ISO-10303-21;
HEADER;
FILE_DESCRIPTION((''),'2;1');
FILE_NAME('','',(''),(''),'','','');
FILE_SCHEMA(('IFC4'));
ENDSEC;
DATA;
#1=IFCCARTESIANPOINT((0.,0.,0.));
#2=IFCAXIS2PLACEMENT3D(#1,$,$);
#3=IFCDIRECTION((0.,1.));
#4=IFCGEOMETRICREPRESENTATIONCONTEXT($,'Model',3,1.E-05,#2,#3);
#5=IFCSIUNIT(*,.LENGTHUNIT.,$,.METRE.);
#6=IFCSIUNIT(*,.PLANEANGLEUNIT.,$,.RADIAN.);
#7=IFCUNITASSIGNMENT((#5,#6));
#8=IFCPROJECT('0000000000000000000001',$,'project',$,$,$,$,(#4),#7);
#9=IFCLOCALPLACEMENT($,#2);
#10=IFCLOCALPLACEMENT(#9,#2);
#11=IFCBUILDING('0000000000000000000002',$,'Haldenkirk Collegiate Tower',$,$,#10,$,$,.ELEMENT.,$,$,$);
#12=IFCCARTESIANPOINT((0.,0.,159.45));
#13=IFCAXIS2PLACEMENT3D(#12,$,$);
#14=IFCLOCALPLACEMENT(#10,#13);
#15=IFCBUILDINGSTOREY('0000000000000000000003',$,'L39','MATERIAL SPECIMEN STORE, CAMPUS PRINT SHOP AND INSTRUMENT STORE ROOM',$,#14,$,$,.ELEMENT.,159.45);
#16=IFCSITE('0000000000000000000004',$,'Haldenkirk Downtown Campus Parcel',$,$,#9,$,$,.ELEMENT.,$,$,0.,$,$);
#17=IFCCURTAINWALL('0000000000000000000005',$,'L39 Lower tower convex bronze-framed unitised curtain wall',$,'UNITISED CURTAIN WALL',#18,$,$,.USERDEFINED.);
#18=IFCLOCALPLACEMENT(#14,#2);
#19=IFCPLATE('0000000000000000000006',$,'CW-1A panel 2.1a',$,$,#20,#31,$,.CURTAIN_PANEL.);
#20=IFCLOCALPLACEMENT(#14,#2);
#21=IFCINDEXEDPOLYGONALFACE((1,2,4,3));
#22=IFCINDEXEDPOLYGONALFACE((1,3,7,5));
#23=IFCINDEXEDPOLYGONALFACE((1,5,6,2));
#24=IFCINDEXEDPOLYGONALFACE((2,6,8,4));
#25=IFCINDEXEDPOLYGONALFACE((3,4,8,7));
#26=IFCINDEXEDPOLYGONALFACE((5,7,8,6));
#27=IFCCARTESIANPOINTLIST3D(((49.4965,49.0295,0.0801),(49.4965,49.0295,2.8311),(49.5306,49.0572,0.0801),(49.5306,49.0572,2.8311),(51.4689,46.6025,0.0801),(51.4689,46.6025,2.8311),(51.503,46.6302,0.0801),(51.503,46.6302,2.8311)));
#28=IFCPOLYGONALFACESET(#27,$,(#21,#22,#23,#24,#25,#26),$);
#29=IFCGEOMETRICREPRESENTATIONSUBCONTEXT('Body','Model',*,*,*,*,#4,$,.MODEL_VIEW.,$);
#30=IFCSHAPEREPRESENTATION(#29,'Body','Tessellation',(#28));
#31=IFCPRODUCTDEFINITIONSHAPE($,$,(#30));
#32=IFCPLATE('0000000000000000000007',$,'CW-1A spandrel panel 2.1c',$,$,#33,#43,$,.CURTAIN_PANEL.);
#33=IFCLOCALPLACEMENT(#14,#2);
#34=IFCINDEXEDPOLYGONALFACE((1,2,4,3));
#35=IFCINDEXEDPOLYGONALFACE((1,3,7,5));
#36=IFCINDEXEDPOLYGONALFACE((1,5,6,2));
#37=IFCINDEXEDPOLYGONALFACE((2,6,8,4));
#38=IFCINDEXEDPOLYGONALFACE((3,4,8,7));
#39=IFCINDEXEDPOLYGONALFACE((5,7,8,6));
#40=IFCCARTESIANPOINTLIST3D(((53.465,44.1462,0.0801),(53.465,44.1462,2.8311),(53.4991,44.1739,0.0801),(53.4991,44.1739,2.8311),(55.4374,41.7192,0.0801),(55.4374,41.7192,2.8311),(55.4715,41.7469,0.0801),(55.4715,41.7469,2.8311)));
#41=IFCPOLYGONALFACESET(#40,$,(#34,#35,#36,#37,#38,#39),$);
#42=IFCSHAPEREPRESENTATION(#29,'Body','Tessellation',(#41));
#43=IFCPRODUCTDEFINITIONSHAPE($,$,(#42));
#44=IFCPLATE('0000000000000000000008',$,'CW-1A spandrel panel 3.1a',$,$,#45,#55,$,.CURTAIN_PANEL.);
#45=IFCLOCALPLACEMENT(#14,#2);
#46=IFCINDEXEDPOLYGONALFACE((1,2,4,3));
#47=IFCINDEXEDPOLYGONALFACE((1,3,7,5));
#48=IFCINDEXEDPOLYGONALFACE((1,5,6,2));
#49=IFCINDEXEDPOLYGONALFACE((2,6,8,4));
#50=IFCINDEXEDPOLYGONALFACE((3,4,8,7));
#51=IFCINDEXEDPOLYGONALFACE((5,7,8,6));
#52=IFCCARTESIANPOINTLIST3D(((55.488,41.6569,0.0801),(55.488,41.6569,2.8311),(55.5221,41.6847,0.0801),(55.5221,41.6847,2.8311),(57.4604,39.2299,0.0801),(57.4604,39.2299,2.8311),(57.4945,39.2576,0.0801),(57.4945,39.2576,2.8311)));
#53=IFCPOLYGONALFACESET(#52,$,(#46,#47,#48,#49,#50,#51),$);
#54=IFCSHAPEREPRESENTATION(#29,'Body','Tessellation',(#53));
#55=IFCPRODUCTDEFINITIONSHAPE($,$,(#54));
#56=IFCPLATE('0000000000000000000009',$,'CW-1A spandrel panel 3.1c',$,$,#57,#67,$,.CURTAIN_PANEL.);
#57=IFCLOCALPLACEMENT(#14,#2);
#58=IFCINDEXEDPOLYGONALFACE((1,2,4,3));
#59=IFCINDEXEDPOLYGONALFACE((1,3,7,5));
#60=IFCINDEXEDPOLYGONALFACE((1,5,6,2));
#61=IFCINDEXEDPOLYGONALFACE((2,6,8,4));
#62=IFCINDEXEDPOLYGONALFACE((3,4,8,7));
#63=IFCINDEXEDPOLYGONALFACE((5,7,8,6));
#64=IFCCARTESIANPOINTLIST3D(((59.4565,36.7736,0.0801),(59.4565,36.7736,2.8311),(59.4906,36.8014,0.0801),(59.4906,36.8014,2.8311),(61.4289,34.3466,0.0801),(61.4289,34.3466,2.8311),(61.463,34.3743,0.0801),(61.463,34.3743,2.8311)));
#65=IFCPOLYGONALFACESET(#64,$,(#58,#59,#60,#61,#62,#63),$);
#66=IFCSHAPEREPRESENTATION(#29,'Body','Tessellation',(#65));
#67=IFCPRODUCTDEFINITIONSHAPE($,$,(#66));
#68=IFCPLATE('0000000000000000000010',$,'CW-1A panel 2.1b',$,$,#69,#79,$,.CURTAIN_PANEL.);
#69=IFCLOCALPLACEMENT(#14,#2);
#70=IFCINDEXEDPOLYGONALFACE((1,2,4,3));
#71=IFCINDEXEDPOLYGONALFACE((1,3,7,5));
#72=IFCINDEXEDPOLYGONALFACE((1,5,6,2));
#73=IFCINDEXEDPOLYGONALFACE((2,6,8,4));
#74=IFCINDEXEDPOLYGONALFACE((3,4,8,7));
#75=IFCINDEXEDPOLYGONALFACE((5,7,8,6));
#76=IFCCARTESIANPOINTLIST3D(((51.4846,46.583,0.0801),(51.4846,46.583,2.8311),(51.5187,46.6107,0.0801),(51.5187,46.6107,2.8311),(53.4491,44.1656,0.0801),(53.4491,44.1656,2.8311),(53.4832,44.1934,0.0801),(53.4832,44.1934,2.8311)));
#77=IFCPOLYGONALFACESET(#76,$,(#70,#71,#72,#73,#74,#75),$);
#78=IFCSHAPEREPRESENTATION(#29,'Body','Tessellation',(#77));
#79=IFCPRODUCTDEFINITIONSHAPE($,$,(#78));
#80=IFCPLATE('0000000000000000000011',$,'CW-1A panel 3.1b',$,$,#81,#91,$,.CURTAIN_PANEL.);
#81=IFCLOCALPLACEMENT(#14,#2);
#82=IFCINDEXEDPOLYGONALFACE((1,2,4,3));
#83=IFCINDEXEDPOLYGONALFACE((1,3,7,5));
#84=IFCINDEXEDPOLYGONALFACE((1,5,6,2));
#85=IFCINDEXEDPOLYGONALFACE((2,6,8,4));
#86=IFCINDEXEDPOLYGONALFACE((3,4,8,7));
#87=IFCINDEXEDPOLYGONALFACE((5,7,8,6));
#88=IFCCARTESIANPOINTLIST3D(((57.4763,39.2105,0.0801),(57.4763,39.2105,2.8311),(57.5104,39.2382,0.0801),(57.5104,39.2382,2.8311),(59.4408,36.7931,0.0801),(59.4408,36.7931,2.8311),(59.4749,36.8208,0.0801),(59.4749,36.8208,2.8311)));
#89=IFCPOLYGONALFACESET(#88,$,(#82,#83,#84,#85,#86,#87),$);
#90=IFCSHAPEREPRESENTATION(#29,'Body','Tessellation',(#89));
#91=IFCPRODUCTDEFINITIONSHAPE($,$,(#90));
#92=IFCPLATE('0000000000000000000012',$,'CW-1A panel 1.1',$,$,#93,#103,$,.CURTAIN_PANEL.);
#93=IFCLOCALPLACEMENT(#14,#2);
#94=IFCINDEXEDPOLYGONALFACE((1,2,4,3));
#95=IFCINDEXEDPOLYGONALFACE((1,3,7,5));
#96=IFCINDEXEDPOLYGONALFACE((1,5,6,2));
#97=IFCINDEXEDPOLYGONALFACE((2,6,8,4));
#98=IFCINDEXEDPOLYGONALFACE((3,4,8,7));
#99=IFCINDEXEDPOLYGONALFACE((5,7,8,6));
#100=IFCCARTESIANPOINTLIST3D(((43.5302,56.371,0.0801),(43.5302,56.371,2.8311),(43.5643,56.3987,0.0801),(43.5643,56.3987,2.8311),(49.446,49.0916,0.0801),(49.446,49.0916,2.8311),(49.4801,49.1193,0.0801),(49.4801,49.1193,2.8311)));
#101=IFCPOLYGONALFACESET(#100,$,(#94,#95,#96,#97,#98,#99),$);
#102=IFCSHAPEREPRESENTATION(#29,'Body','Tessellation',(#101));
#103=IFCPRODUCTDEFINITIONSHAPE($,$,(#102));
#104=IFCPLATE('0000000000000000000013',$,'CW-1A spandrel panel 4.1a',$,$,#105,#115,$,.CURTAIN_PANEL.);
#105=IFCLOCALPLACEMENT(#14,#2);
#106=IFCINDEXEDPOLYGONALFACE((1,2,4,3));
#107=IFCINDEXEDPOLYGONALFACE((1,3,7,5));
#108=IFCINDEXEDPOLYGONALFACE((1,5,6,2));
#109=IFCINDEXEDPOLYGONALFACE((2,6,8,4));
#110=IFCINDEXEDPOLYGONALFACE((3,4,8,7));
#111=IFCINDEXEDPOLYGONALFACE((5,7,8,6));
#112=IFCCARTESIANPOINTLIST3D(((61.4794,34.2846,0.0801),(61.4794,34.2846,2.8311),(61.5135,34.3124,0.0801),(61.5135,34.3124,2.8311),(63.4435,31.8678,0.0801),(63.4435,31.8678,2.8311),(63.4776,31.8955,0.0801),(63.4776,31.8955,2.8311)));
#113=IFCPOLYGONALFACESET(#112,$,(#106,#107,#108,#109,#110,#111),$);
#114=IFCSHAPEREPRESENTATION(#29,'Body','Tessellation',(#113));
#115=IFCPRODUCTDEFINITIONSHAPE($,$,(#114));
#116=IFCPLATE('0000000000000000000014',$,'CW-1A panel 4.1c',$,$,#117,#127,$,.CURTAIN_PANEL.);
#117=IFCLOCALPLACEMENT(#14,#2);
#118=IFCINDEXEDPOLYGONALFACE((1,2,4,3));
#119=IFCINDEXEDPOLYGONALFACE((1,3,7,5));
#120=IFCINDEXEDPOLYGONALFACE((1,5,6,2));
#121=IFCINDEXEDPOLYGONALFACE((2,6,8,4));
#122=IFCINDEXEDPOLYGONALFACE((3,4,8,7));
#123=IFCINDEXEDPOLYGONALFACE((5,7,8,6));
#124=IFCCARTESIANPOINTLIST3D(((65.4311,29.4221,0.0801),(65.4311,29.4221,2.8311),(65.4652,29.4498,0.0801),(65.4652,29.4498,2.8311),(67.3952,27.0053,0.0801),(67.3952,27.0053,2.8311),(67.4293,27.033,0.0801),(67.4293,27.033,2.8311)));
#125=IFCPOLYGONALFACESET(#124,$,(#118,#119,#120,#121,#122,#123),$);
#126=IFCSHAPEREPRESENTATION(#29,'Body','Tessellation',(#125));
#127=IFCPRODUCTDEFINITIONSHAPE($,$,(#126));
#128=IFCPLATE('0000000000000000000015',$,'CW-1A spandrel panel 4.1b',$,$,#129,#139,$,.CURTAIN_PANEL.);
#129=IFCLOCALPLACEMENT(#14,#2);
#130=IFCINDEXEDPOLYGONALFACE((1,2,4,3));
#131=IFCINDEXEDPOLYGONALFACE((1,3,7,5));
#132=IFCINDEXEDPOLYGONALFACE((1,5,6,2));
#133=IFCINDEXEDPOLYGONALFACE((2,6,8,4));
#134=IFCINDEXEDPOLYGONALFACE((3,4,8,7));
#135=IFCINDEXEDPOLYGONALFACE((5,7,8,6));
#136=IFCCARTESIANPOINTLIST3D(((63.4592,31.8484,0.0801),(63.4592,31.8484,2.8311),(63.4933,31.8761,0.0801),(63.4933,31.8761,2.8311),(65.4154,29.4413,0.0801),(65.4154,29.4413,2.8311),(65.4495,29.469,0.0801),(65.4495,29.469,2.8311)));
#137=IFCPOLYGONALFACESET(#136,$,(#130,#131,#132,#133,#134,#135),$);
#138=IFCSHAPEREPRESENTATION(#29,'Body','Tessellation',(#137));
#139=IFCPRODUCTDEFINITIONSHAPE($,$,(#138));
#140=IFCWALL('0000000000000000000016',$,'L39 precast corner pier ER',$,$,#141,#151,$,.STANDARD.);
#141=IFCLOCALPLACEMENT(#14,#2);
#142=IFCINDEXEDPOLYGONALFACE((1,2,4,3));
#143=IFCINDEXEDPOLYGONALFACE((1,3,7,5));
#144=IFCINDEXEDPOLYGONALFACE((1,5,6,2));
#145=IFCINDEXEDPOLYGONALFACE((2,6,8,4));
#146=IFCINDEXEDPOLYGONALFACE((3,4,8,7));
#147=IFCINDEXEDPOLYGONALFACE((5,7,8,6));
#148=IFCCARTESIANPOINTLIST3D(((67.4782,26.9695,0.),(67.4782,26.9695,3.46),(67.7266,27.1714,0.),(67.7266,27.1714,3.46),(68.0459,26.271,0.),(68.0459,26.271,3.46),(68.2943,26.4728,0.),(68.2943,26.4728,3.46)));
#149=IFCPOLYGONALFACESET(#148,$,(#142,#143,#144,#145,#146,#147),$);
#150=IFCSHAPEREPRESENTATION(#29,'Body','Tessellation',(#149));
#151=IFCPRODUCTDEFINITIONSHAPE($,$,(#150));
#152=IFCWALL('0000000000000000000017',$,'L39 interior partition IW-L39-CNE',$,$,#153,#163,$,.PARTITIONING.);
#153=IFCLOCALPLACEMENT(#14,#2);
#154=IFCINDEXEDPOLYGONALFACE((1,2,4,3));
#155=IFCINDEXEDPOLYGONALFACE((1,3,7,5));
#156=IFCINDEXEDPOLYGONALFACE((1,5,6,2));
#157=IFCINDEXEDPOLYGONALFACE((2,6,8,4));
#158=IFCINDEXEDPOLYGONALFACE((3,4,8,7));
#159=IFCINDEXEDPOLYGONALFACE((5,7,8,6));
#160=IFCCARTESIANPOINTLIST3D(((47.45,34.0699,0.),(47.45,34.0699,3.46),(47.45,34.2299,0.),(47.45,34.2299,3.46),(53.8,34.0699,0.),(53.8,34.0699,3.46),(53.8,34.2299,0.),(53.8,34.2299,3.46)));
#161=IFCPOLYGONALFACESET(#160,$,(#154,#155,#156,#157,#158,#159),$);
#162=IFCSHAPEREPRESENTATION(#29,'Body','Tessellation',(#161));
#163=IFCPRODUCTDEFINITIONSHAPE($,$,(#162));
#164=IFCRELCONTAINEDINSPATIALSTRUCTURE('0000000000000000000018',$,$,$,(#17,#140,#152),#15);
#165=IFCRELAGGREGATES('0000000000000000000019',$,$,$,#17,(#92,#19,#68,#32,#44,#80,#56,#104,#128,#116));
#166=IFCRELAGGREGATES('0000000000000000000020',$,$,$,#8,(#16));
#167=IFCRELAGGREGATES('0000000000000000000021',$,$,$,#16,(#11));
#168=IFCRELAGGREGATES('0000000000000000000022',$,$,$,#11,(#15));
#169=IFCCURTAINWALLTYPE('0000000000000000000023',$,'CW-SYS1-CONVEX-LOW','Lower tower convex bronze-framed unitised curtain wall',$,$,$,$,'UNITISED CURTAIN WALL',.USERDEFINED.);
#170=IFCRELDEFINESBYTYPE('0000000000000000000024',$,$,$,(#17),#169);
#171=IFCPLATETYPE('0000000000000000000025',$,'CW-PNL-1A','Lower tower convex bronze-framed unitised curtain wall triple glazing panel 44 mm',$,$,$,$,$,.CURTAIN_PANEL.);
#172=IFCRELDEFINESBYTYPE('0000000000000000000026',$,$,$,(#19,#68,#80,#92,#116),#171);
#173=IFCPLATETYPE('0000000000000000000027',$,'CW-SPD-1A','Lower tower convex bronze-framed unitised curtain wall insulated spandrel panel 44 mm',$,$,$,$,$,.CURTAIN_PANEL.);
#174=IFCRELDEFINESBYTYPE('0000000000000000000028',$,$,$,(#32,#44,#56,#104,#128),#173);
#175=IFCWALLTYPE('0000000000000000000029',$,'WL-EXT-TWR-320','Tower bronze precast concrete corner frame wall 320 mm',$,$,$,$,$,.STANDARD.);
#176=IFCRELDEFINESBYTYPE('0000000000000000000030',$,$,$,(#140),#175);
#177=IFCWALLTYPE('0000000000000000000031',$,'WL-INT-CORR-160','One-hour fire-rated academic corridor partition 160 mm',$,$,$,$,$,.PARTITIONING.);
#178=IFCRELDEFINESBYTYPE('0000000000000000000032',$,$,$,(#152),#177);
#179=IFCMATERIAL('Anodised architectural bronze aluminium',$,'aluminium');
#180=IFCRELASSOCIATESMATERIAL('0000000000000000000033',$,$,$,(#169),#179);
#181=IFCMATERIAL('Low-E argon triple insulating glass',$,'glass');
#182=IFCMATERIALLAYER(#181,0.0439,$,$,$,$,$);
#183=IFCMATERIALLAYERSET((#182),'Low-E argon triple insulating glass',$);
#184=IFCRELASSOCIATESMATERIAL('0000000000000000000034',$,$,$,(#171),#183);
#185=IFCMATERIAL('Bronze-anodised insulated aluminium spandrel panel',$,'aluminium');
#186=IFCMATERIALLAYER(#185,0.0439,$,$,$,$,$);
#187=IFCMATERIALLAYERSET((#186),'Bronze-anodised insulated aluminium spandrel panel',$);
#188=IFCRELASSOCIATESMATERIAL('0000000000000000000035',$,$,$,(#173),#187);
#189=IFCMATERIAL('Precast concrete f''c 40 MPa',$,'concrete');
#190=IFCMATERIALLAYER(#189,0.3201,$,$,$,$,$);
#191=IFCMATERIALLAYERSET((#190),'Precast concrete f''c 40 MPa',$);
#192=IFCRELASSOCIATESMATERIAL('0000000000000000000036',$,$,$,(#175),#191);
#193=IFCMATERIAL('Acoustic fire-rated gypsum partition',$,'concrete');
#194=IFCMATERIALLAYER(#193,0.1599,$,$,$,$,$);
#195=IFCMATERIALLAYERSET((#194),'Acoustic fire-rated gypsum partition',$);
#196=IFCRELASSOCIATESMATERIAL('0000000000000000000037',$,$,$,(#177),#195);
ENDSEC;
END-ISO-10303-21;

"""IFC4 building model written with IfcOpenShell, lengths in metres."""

from ifc_helpers import new_model, si_unit, direction, frame, frame_2d, origin, origin_2d, place, context, subcontext, project, spatial, rectangle, extrude, source, transform, mapped, material, layer, layer_set, type_object, element, aggregate, save


model = new_model("IFC4")

# Units and contexts
model_context = context("Model", 3, precision=1e-05, world=origin(), true_north=direction((0.0, 1.0)))
body_context = subcontext(model_context, "Body", "Model", "MODEL_VIEW")
ifc_project = project(units=[si_unit("LENGTHUNIT", "METRE"), si_unit("PLANEANGLEUNIT", "RADIAN")], contexts=[model_context])

# Site, building, storey
site_placement = place(None, origin())
site = spatial("IfcSite", under=ifc_project, at=site_placement, Name="Haldenkirk Downtown Campus Parcel", CompositionType="ELEMENT", RefElevation=0.0)
building_placement = place(site_placement, origin())
building = spatial("IfcBuilding", under=site, at=building_placement, Name="Haldenkirk Collegiate Tower", CompositionType="ELEMENT")
storey_placement = place(building_placement, frame((0.0, 0.0, 159.45)))
storey = spatial("IfcBuildingStorey", under=building, at=storey_placement, Name="L39", Description="MATERIAL SPECIMEN STORE, CAMPUS PRINT SHOP AND INSTRUMENT STORE ROOM", CompositionType="ELEMENT", Elevation=159.45)

# Curtain wall
ifc_material_1 = material(Name="Anodised architectural bronze aluminium", Category="aluminium")
curtain_wall_type = type_object("IfcCurtainWallType", Name="CW-SYS1-CONVEX-LOW", Description="Lower tower convex bronze-framed unitised curtain wall", ElementType="UNITISED CURTAIN WALL", PredefinedType="USERDEFINED", material=ifc_material_1)
curtain_wall_placement = place(storey_placement, origin())
curtain_wall = element("IfcCurtainWall", 1, at=curtain_wall_placement, inside=storey, type_object=curtain_wall_type, Name="L39 Lower tower convex bronze-framed unitised curtain wall", ObjectType="UNITISED CURTAIN WALL", PredefinedType="USERDEFINED")

# Plates
ifc_material_2 = material(Name="Low-E argon triple insulating glass", Category="glass")
ifc_layer_1 = layer(ifc_material_2, 0.0439)
ifc_layer_set_1 = layer_set([ifc_layer_1], Name="Low-E argon triple insulating glass")
plate_type_1 = type_object("IfcPlateType", Name="CW-PNL-1A", Description="Lower tower convex bronze-framed unitised curtain wall triple glazing panel 44 mm", PredefinedType="CURTAIN_PANEL", material=ifc_layer_set_1)
shared_shape_1 = source(origin(), body_context, "Body", "SweptSolid", [
    extrude(rectangle(XDim=3.1274, YDim=0.0439, at=origin_2d()), origin(), (0.0, 0.0, 1.0), 2.751),
])
plate_1_placement = place(storey_placement, frame((50.4998, 47.8298, 0.0801), z_axis=(0.0, 0.0, 1.0), x_axis=(0.630676, -0.776047, 0.0)))
plate_1 = element("IfcPlate", 2, at=plate_1_placement, type_object=plate_type_1, Name="CW-1A panel 2.1a", PredefinedType="CURTAIN_PANEL", context=body_context, shape_type="MappedRepresentation", body=[
    mapped(shared_shape_1, transform((0.0, 0.0, 0.0), x_axis=(1.0, 0.0, 0.0), y_axis=(0.0, 1.0, 0.0), z_axis=(0.0, 0.0, 1.0), scale=1.0)),
])
ifc_material_3 = material(Name="Bronze-anodised insulated aluminium spandrel panel", Category="aluminium")
ifc_layer_2 = layer(ifc_material_3, 0.0439)
ifc_layer_set_2 = layer_set([ifc_layer_2], Name="Bronze-anodised insulated aluminium spandrel panel")
plate_type_2 = type_object("IfcPlateType", Name="CW-SPD-1A", Description="Lower tower convex bronze-framed unitised curtain wall insulated spandrel panel 44 mm", PredefinedType="CURTAIN_PANEL", material=ifc_layer_set_2)
plate_2_placement = place(storey_placement, frame((54.4683, 42.9465, 0.0801), z_axis=(0.0, 0.0, 1.0), x_axis=(0.630676, -0.776047, 0.0)))
plate_2 = element("IfcPlate", 3, at=plate_2_placement, type_object=plate_type_2, Name="CW-1A spandrel panel 2.1c", PredefinedType="CURTAIN_PANEL", context=body_context, shape_type="MappedRepresentation", body=[
    mapped(shared_shape_1, transform((0.0, 0.0, 0.0), x_axis=(1.0, 0.0, 0.0), y_axis=(0.0, 1.0, 0.0), z_axis=(0.0, 0.0, 1.0), scale=1.0)),
])
plate_3_placement = place(storey_placement, frame((56.4912, 40.4573, 0.0801), z_axis=(0.0, 0.0, 1.0), x_axis=(0.630676, -0.776047, 0.0)))
plate_3 = element("IfcPlate", 4, at=plate_3_placement, type_object=plate_type_2, Name="CW-1A spandrel panel 3.1a", PredefinedType="CURTAIN_PANEL", context=body_context, shape_type="MappedRepresentation", body=[
    mapped(shared_shape_1, transform((0.0, 0.0, 0.0), x_axis=(1.0, 0.0, 0.0), y_axis=(0.0, 1.0, 0.0), z_axis=(0.0, 0.0, 1.0), scale=1.0)),
])
plate_4_placement = place(storey_placement, frame((60.4597, 35.574, 0.0801), z_axis=(0.0, 0.0, 1.0), x_axis=(0.630676, -0.776047, 0.0)))
plate_4 = element("IfcPlate", 5, at=plate_4_placement, type_object=plate_type_2, Name="CW-1A spandrel panel 3.1c", PredefinedType="CURTAIN_PANEL", context=body_context, shape_type="MappedRepresentation", body=[
    mapped(shared_shape_1, transform((0.0, 0.0, 0.0), x_axis=(1.0, 0.0, 0.0), y_axis=(0.0, 1.0, 0.0), z_axis=(0.0, 0.0, 1.0), scale=1.0)),
])
shared_shape_2 = source(origin(), body_context, "Body", "SweptSolid", [
    extrude(rectangle(XDim=3.115, YDim=0.0439, at=origin_2d()), origin(), (0.0, 0.0, 1.0), 2.751),
])
plate_5_placement = place(storey_placement, frame((52.4839, 45.3882, 0.0801), z_axis=(0.0, 0.0, 1.0), x_axis=(0.630676, -0.776047, 0.0)))
plate_5 = element("IfcPlate", 6, at=plate_5_placement, type_object=plate_type_1, Name="CW-1A panel 2.1b", PredefinedType="CURTAIN_PANEL", context=body_context, shape_type="MappedRepresentation", body=[
    mapped(shared_shape_2, transform((0.0, 0.0, 0.0), x_axis=(1.0, 0.0, 0.0), y_axis=(0.0, 1.0, 0.0), z_axis=(0.0, 0.0, 1.0), scale=1.0)),
])
plate_6_placement = place(storey_placement, frame((58.4756, 38.0156, 0.0801), z_axis=(0.0, 0.0, 1.0), x_axis=(0.630676, -0.776047, 0.0)))
plate_6 = element("IfcPlate", 7, at=plate_6_placement, type_object=plate_type_1, Name="CW-1A panel 3.1b", PredefinedType="CURTAIN_PANEL", context=body_context, shape_type="MappedRepresentation", body=[
    mapped(shared_shape_2, transform((0.0, 0.0, 0.0), x_axis=(1.0, 0.0, 0.0), y_axis=(0.0, 1.0, 0.0), z_axis=(0.0, 0.0, 1.0), scale=1.0)),
])
shared_shape_3 = source(origin(), body_context, "Body", "SweptSolid", [
    extrude(rectangle(XDim=9.3801, YDim=0.0439, at=origin_2d()), origin(), (0.0, 0.0, 1.0), 2.751),
])
plate_7_placement = place(storey_placement, frame((46.5051, 52.7451, 0.0801), z_axis=(0.0, 0.0, 1.0), x_axis=(0.630676, -0.776047, 0.0)))
plate_7 = element("IfcPlate", 8, at=plate_7_placement, type_object=plate_type_1, Name="CW-1A panel 1.1", PredefinedType="CURTAIN_PANEL", context=body_context, shape_type="MappedRepresentation", body=[
    mapped(shared_shape_3, transform((0.0, 0.0, 0.0), x_axis=(1.0, 0.0, 0.0), y_axis=(0.0, 1.0, 0.0), z_axis=(0.0, 0.0, 1.0), scale=1.0)),
])
shared_shape_4 = source(origin(), body_context, "Body", "SweptSolid", [
    extrude(rectangle(XDim=3.1143, YDim=0.0439, at=origin_2d()), origin(), (0.0, 0.0, 1.0), 2.751),
])
plate_8_placement = place(storey_placement, frame((62.4785, 33.0901, 0.0801), z_axis=(0.0, 0.0, 1.0), x_axis=(0.630676, -0.776047, 0.0)))
plate_8 = element("IfcPlate", 9, at=plate_8_placement, type_object=plate_type_2, Name="CW-1A spandrel panel 4.1a", PredefinedType="CURTAIN_PANEL", context=body_context, shape_type="MappedRepresentation", body=[
    mapped(shared_shape_4, transform((0.0, 0.0, 0.0), x_axis=(1.0, 0.0, 0.0), y_axis=(0.0, 1.0, 0.0), z_axis=(0.0, 0.0, 1.0), scale=1.0)),
])
plate_9_placement = place(storey_placement, frame((66.4302, 28.2275, 0.0801), z_axis=(0.0, 0.0, 1.0), x_axis=(0.630676, -0.776047, 0.0)))
plate_9 = element("IfcPlate", 10, at=plate_9_placement, type_object=plate_type_1, Name="CW-1A panel 4.1c", PredefinedType="CURTAIN_PANEL", context=body_context, shape_type="MappedRepresentation", body=[
    mapped(shared_shape_4, transform((0.0, 0.0, 0.0), x_axis=(1.0, 0.0, 0.0), y_axis=(0.0, 1.0, 0.0), z_axis=(0.0, 0.0, 1.0), scale=1.0)),
])
shared_shape_5 = source(origin(), body_context, "Body", "SweptSolid", [
    extrude(rectangle(XDim=3.1018, YDim=0.0439, at=origin_2d()), origin(), (0.0, 0.0, 1.0), 2.751),
])
plate_10_placement = place(storey_placement, frame((64.4543, 30.6587, 0.0801), z_axis=(0.0, 0.0, 1.0), x_axis=(0.630676, -0.776047, 0.0)))
plate_10 = element("IfcPlate", 11, at=plate_10_placement, type_object=plate_type_2, Name="CW-1A spandrel panel 4.1b", PredefinedType="CURTAIN_PANEL", context=body_context, shape_type="MappedRepresentation", body=[
    mapped(shared_shape_5, transform((0.0, 0.0, 0.0), x_axis=(1.0, 0.0, 0.0), y_axis=(0.0, 1.0, 0.0), z_axis=(0.0, 0.0, 1.0), scale=1.0)),
])
aggregate(curtain_wall, [plate_7, plate_1, plate_5, plate_2, plate_3, plate_6, plate_4, plate_8, plate_10, plate_9])

# Walls
ifc_material_4 = material(Name="Precast concrete f'c 40 MPa", Category="concrete")
ifc_layer_3 = layer(ifc_material_4, 0.3201)
ifc_layer_set_3 = layer_set([ifc_layer_3], Name="Precast concrete f'c 40 MPa")
wall_type_1 = type_object("IfcWallType", Name="WL-EXT-TWR-320", Description="Tower bronze precast concrete corner frame wall 320 mm", PredefinedType="STANDARD", material=ifc_layer_set_3)
wall_1_placement = place(storey_placement, frame((67.6023, 27.0706, 0.0), z_axis=(0.0, 0.0, 1.0), x_axis=(0.630664, -0.776056, 0.0)))
element("IfcWall", 12, at=wall_1_placement, inside=storey, type_object=wall_type_1, Name="L39 precast corner pier ER", PredefinedType="STANDARD", context=body_context, shape_type="SweptSolid", body=[
    extrude(rectangle(XDim=0.9001, YDim=0.3201, at=frame_2d((0.4502, 0.0))), origin(), (0.0, 0.0, 1.0), 3.46),
])
ifc_material_5 = material(Name="Acoustic fire-rated gypsum partition", Category="concrete")
ifc_layer_4 = layer(ifc_material_5, 0.1599)
ifc_layer_set_4 = layer_set([ifc_layer_4], Name="Acoustic fire-rated gypsum partition")
wall_type_2 = type_object("IfcWallType", Name="WL-INT-CORR-160", Description="One-hour fire-rated academic corridor partition 160 mm", PredefinedType="PARTITIONING", material=ifc_layer_set_4)
wall_2_placement = place(storey_placement, frame((47.45, 34.1499, 0.0), z_axis=(0.0, 0.0, 1.0), x_axis=(1.0, 0.0, 0.0)))
element("IfcWall", 13, at=wall_2_placement, inside=storey, type_object=wall_type_2, Name="L39 interior partition IW-L39-CNE", PredefinedType="PARTITIONING", context=body_context, shape_type="SweptSolid", body=[
    extrude(rectangle(XDim=6.3501, YDim=0.1599, at=frame_2d((3.175, 0.0))), origin(), (0.0, 0.0, 1.0), 3.46),
])

save(model, "model.ifc")
